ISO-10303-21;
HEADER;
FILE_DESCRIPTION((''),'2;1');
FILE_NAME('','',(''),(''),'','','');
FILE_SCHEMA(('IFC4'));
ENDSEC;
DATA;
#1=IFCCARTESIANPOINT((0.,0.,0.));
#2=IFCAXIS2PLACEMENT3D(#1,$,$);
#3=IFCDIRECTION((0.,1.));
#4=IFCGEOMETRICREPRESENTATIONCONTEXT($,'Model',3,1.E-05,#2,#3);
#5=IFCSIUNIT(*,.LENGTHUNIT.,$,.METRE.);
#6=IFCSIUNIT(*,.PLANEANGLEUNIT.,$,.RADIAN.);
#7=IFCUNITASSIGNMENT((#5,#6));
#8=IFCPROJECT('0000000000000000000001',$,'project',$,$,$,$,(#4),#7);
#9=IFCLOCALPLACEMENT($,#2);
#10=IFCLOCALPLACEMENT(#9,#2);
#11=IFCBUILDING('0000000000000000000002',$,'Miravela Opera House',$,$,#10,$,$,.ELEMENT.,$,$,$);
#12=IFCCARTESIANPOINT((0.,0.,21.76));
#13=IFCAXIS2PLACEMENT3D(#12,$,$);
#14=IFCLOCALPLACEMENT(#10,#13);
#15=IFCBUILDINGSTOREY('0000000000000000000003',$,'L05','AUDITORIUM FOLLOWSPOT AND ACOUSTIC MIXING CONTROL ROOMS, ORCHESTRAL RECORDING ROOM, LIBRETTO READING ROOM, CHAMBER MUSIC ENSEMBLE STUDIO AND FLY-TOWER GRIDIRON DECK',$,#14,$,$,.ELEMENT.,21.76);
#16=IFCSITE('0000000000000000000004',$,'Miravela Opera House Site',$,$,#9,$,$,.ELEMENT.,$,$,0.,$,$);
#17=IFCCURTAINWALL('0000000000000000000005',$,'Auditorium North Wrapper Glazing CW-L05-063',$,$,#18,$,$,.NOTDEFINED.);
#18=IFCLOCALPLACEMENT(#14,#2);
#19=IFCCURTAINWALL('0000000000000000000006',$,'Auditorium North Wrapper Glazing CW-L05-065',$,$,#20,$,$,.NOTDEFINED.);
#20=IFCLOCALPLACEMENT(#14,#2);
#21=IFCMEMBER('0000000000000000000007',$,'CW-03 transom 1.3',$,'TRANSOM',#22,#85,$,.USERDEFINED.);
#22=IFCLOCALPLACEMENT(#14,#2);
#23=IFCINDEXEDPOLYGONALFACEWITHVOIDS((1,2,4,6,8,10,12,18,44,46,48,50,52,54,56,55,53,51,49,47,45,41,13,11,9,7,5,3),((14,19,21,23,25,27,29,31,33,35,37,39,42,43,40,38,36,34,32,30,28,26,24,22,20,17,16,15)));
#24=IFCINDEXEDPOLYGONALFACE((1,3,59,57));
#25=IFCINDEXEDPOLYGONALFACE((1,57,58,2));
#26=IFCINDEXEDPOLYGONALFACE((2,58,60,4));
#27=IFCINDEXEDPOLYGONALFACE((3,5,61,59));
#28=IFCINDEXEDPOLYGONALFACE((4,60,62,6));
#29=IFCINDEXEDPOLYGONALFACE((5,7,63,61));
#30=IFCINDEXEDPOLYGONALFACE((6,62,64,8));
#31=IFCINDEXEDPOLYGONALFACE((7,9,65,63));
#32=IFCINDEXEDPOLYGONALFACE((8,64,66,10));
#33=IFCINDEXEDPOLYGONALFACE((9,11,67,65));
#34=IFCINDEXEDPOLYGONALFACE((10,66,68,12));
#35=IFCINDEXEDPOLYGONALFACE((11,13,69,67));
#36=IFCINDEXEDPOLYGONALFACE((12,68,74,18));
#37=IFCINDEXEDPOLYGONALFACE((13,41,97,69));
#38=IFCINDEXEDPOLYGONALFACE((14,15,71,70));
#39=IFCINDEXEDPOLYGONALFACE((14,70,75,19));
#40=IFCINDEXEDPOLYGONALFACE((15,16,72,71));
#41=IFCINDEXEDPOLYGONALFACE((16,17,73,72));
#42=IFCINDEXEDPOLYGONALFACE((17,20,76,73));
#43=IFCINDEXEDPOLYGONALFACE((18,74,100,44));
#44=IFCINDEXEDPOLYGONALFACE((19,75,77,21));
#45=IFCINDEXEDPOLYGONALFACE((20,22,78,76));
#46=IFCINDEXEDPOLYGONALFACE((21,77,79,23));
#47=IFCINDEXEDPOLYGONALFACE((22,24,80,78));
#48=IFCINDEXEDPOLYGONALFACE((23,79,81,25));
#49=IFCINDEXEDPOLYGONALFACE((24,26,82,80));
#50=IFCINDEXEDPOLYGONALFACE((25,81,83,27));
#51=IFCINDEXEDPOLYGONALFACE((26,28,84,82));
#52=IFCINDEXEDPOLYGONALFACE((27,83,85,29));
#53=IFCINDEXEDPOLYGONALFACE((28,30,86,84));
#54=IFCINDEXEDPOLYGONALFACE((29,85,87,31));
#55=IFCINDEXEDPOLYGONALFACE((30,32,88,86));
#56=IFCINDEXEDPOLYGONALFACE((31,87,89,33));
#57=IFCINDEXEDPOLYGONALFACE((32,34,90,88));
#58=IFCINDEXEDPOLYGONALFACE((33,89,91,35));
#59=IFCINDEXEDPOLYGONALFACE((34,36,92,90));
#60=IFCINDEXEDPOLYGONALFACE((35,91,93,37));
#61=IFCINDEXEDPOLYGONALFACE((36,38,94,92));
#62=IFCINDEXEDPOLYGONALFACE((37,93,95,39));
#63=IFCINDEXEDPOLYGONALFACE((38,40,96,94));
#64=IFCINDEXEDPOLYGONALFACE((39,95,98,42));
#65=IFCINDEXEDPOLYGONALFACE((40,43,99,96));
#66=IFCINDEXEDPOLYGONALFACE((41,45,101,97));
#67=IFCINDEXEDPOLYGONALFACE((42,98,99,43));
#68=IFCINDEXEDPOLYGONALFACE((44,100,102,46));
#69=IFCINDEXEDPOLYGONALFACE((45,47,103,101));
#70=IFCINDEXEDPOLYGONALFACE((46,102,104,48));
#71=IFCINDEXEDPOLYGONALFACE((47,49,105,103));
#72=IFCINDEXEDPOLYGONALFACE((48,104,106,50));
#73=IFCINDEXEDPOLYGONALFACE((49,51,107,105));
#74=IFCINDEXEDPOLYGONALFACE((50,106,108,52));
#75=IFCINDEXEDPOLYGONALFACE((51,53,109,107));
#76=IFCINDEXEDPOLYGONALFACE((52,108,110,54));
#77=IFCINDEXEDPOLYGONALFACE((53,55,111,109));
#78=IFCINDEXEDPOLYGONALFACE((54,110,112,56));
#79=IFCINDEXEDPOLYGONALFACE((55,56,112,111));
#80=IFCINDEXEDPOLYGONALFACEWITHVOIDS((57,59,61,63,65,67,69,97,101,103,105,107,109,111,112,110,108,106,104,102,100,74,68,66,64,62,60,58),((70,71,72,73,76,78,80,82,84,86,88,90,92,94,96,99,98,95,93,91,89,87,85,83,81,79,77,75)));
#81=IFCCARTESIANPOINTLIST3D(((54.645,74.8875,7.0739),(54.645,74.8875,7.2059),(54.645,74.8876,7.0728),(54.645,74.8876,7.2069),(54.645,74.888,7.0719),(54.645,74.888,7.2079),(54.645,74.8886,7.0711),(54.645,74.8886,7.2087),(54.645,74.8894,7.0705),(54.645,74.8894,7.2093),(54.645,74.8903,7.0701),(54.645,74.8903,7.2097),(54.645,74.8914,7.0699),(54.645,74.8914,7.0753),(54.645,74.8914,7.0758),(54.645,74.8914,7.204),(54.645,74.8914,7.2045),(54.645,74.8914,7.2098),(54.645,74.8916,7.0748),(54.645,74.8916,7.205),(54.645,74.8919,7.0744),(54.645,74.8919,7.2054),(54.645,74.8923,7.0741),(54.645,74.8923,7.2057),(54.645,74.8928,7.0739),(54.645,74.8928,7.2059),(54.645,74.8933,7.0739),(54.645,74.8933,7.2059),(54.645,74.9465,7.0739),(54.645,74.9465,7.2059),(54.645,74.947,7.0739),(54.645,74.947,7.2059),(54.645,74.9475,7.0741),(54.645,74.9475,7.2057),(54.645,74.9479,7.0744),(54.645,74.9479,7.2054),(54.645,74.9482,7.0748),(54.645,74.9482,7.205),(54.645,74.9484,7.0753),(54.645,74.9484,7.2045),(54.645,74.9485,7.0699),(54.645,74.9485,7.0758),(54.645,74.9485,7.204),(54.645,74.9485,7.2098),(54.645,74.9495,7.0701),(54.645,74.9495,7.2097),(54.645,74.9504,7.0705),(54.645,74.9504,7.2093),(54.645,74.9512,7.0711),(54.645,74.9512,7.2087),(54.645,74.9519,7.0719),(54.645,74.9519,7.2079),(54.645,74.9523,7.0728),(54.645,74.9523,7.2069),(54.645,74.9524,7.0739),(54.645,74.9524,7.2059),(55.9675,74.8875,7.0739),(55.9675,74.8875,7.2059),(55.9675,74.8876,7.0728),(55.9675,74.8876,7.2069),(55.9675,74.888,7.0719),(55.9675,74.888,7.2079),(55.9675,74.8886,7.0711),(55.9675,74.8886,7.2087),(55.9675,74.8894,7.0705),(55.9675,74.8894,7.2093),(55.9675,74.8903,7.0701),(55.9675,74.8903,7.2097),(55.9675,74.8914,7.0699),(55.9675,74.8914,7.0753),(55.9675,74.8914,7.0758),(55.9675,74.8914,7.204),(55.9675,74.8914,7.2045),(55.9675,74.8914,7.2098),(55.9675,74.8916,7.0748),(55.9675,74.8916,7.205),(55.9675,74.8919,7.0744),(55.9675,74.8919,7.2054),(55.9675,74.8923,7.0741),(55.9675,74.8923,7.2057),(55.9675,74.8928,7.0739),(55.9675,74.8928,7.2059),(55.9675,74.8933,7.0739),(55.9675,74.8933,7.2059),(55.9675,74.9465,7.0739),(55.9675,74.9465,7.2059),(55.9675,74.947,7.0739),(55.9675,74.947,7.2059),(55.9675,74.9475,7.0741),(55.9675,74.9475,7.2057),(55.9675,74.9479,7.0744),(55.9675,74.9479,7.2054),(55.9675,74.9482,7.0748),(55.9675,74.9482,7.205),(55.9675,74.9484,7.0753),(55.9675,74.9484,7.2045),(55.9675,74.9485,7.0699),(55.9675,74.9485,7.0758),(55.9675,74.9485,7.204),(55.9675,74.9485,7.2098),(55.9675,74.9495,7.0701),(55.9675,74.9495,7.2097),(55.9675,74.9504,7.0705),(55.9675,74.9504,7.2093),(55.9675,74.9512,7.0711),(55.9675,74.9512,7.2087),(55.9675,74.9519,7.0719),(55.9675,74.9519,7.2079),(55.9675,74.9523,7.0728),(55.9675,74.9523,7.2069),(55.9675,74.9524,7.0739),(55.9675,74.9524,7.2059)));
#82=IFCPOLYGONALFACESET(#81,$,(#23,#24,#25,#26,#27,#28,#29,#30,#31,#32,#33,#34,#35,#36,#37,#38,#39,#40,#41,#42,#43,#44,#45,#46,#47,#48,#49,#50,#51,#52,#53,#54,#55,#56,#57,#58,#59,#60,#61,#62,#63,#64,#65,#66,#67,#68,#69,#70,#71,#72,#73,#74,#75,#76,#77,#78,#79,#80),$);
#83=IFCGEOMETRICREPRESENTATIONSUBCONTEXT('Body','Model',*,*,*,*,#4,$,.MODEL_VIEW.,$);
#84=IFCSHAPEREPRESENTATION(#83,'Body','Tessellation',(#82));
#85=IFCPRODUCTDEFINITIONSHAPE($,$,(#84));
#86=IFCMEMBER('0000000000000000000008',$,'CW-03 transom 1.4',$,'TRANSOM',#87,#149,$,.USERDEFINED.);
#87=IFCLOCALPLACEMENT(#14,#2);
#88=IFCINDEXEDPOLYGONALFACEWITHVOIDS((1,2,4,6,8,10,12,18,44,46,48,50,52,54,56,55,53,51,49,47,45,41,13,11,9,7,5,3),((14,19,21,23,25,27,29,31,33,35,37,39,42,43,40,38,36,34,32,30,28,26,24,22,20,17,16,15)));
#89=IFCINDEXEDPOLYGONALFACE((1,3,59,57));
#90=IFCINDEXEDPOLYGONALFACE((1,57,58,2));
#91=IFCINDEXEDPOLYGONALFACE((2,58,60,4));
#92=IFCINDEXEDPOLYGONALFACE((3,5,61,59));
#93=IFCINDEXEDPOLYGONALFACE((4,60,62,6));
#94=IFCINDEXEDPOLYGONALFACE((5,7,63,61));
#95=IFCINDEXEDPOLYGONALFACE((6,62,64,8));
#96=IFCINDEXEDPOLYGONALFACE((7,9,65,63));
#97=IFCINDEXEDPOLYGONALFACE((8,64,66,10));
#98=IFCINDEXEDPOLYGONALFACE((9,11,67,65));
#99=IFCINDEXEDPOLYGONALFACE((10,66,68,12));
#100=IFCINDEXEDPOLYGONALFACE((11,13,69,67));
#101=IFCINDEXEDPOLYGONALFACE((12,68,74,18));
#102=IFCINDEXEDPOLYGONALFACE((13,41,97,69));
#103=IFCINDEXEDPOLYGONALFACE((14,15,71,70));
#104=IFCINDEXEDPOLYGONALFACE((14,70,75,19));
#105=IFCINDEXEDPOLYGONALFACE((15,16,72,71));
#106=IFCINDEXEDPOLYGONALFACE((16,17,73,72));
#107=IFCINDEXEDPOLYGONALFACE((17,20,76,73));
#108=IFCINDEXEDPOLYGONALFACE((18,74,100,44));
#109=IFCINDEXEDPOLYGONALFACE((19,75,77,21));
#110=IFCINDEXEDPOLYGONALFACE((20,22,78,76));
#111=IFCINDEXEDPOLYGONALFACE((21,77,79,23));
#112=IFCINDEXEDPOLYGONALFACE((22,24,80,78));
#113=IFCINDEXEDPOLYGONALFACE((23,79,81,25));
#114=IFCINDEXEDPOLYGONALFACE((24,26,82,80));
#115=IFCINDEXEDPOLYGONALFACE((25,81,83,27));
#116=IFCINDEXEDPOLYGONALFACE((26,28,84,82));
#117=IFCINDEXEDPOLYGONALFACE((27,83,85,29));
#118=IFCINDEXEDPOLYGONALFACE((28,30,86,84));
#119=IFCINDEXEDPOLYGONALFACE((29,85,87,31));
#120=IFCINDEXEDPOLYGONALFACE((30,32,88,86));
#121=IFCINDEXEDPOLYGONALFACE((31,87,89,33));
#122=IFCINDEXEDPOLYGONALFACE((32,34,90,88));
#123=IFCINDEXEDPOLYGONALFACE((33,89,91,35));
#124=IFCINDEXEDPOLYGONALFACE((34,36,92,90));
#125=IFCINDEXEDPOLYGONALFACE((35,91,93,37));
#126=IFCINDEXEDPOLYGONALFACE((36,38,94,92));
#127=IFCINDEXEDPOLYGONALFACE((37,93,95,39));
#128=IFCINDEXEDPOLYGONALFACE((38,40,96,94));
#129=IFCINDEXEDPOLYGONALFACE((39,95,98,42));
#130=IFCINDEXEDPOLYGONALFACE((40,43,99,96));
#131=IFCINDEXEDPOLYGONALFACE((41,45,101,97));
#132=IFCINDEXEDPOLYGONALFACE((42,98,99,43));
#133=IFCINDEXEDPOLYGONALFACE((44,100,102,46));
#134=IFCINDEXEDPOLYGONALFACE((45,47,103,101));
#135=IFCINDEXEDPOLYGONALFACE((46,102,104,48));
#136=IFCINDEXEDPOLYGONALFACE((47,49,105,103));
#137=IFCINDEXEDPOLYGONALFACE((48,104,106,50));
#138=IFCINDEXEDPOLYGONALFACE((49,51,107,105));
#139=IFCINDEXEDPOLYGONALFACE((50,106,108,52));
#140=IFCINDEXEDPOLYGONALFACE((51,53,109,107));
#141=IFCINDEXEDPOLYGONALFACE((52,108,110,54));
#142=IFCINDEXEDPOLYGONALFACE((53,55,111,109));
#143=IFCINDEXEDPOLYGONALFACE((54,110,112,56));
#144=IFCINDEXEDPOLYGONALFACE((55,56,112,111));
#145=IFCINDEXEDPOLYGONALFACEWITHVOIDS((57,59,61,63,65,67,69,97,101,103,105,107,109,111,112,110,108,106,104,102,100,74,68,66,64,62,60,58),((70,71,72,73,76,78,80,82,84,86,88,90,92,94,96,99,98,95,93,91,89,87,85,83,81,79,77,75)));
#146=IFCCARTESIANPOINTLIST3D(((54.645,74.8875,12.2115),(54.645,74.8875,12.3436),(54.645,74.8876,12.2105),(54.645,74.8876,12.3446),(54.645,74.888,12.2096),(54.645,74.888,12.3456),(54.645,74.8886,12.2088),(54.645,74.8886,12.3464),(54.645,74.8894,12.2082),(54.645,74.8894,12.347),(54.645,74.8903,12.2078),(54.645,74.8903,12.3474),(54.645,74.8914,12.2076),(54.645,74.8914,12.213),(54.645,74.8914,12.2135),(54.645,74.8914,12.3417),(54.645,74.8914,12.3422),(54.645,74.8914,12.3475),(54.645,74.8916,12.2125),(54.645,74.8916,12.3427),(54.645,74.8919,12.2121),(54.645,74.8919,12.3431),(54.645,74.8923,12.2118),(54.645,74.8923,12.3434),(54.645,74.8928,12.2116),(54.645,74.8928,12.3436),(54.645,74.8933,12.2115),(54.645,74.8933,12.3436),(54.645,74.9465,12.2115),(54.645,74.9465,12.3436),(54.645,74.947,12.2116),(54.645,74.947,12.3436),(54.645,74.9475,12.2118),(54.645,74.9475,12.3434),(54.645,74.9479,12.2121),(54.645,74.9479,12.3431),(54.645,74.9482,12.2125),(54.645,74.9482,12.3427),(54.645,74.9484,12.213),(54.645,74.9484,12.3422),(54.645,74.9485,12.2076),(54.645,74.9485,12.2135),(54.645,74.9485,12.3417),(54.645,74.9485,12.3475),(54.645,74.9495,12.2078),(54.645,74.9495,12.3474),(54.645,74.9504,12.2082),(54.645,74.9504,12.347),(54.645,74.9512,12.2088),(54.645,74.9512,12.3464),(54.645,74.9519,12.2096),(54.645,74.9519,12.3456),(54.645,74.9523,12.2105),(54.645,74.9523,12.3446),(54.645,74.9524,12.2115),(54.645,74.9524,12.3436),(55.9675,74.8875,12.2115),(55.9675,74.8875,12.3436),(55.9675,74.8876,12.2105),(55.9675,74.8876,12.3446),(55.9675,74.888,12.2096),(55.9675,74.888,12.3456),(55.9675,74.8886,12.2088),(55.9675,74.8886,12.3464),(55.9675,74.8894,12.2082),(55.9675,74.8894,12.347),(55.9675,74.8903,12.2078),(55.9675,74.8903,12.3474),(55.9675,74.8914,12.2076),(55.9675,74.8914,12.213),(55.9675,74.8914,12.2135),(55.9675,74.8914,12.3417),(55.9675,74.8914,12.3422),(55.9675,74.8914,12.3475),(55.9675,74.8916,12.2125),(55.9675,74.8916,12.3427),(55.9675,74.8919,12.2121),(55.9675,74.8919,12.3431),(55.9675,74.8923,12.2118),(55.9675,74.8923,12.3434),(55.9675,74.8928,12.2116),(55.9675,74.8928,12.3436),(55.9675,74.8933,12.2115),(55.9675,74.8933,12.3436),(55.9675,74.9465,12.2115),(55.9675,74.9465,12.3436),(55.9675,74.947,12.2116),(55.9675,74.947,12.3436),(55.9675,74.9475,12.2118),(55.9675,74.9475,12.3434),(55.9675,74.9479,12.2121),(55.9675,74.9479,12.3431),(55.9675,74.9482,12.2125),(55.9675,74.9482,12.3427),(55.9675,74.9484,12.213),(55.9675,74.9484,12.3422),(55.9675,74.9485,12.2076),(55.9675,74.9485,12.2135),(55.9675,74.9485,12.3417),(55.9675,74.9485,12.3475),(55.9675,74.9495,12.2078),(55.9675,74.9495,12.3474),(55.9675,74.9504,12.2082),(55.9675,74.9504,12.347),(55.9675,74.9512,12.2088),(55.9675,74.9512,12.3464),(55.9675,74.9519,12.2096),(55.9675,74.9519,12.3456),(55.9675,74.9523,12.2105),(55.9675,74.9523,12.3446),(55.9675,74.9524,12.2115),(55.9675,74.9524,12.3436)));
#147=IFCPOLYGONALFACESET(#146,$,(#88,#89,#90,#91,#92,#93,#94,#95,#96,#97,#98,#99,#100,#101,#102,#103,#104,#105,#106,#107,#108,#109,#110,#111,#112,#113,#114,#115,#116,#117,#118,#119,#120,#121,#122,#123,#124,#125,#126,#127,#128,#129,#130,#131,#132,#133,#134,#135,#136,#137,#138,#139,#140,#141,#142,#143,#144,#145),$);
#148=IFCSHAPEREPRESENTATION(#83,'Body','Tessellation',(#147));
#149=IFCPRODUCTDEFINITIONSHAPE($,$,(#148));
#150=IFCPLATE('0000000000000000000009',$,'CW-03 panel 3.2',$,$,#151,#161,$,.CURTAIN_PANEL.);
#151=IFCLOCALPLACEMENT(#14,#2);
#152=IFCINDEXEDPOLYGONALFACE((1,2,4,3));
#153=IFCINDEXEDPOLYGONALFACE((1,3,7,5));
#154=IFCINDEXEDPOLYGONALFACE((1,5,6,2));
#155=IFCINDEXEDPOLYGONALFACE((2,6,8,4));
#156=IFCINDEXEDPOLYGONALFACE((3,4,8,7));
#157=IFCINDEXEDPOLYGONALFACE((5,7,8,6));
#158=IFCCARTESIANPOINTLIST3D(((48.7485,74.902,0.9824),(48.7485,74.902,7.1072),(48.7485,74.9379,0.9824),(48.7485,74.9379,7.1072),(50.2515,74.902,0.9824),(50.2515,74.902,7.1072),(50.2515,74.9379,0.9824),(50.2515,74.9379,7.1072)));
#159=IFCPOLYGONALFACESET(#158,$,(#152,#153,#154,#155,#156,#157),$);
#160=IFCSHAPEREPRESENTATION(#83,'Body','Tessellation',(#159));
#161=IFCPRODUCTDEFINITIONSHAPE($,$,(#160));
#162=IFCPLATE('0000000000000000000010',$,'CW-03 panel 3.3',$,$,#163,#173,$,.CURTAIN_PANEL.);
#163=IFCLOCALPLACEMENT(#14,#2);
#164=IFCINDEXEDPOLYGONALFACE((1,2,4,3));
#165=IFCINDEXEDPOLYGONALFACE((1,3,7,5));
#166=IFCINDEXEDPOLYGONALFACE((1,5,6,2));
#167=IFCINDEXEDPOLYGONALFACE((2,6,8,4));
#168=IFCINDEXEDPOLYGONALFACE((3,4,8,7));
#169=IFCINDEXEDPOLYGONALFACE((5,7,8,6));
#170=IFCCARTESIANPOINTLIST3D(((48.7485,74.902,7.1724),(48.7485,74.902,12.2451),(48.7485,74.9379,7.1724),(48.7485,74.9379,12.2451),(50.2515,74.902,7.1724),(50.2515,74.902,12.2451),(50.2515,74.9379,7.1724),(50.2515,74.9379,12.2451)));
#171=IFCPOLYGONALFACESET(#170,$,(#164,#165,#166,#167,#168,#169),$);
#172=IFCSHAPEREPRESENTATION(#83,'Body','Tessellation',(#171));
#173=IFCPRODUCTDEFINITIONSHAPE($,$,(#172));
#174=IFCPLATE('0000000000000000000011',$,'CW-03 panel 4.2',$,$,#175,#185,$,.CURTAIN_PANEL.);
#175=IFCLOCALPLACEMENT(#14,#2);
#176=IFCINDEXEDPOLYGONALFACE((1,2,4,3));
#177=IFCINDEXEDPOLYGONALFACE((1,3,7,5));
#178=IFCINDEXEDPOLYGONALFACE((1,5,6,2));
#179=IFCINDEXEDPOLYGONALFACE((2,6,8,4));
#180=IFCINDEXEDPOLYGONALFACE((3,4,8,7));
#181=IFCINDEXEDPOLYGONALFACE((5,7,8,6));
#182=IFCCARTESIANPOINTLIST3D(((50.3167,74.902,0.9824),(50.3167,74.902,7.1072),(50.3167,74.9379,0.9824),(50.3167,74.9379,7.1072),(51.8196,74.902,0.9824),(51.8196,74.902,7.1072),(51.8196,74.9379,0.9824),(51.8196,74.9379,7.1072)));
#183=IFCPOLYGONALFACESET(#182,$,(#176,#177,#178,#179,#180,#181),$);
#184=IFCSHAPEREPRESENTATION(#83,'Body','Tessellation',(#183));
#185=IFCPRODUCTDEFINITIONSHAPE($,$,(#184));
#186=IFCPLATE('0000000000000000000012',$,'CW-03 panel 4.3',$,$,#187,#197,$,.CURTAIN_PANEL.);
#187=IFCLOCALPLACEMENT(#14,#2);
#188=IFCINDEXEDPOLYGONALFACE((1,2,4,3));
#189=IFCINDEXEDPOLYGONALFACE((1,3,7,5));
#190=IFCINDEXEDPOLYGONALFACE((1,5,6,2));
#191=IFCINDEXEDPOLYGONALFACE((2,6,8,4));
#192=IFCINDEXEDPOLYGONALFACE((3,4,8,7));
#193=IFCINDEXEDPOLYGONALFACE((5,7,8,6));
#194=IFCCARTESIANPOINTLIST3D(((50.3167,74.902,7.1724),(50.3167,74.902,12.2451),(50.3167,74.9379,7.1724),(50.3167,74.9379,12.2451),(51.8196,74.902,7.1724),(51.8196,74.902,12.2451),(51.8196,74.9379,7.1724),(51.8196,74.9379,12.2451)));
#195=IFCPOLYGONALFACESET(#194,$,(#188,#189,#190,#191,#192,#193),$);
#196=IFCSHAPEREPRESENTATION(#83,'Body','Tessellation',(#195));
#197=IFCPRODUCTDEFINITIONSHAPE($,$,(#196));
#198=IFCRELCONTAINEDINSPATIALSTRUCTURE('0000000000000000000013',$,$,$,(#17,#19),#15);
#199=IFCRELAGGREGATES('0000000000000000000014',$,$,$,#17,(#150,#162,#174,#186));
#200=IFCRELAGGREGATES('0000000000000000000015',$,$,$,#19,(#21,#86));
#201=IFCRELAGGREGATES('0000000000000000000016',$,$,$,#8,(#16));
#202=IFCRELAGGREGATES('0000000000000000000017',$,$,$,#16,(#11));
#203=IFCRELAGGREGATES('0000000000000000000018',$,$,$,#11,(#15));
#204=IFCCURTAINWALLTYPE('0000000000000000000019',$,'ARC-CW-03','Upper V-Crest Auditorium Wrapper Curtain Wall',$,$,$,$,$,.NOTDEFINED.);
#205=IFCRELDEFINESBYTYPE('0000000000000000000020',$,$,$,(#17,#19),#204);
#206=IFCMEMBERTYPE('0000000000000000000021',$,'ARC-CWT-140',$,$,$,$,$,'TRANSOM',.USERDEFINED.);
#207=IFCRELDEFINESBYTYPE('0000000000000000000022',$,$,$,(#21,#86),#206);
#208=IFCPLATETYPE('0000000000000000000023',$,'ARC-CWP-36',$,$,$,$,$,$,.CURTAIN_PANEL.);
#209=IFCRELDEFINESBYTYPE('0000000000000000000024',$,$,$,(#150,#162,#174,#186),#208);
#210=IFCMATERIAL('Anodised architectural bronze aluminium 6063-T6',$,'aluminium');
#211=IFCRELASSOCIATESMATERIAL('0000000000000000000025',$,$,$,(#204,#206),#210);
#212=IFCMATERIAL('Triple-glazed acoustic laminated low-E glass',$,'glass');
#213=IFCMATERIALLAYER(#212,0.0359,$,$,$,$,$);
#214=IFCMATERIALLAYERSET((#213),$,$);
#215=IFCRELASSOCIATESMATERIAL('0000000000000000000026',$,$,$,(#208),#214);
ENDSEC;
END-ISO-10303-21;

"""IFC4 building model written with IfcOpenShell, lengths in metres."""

from ifc_helpers import new_model, si_unit, direction, frame, origin, origin_2d, place, context, subcontext, project, spatial, rectangle, hollow_rectangle, extrude, material, layer, layer_set, material_profile, profile_set, type_object, element, aggregate, save


model = new_model("IFC4")

# Units and contexts
model_context = context("Model", 3, precision=1e-05, world=origin(), true_north=direction((0.0, 1.0)))
body_context = subcontext(model_context, "Body", "Model", "MODEL_VIEW")
ifc_project = project(units=[si_unit("LENGTHUNIT", "METRE"), si_unit("PLANEANGLEUNIT", "RADIAN")], contexts=[model_context])

# Site, building, storey
site_placement = place(None, origin())
site = spatial("IfcSite", under=ifc_project, at=site_placement, Name="Miravela Opera House Site", CompositionType="ELEMENT", RefElevation=0.0)
building_placement = place(site_placement, origin())
building = spatial("IfcBuilding", under=site, at=building_placement, Name="Miravela Opera House", CompositionType="ELEMENT")
storey_placement = place(building_placement, frame((0.0, 0.0, 21.76)))
storey = spatial("IfcBuildingStorey", under=building, at=storey_placement, Name="L05", Description="AUDITORIUM FOLLOWSPOT AND ACOUSTIC MIXING CONTROL ROOMS, ORCHESTRAL RECORDING ROOM, LIBRETTO READING ROOM, CHAMBER MUSIC ENSEMBLE STUDIO AND FLY-TOWER GRIDIRON DECK", CompositionType="ELEMENT", Elevation=21.76)

# Curtain walls, members
ifc_material_1 = material(Name="Anodised architectural bronze aluminium 6063-T6", Category="aluminium")
curtain_wall_type = type_object("IfcCurtainWallType", Name="ARC-CW-03", Description="Upper V-Crest Auditorium Wrapper Curtain Wall", PredefinedType="NOTDEFINED", material=ifc_material_1)
curtain_wall_1_placement = place(storey_placement, origin())
curtain_wall_1 = element("IfcCurtainWall", 1, at=curtain_wall_1_placement, inside=storey, type_object=curtain_wall_type, Name="Auditorium North Wrapper Glazing CW-L05-063", PredefinedType="NOTDEFINED")
ifc_material_profile = material_profile(ifc_material_1, hollow_rectangle(XDim=0.0649, YDim=0.1399, WallThickness=0.0039, InnerFilletRadius=0.002, OuterFilletRadius=0.0039, at=origin_2d()), Name="CWT-65X140")
ifc_profile_set = profile_set([ifc_material_profile])
member_type = type_object("IfcMemberType", Name="ARC-CWT-140", ElementType="TRANSOM", PredefinedType="USERDEFINED", material=ifc_profile_set)
curtain_wall_2_placement = place(storey_placement, origin())
curtain_wall_2 = element("IfcCurtainWall", 2, at=curtain_wall_2_placement, inside=storey, type_object=curtain_wall_type, Name="Auditorium North Wrapper Glazing CW-L05-065", PredefinedType="NOTDEFINED")
member_1_placement = place(storey_placement, frame((54.645, 74.9199, 7.1399), z_axis=(1.0, 0.0, 0.0), x_axis=(0.0, 1.0, 0.0)))
member_1 = element("IfcMember", 3, at=member_1_placement, type_object=member_type, Name="CW-03 transom 1.3", ObjectType="TRANSOM", PredefinedType="USERDEFINED", context=body_context, shape_type="SweptSolid", body=[
    extrude(hollow_rectangle(XDim=0.0649, YDim=0.1399, WallThickness=0.0039, InnerFilletRadius=0.002, OuterFilletRadius=0.0039, at=origin_2d()), origin(), (0.0, 0.0, 1.0), 1.3225),
])
member_2_placement = place(storey_placement, frame((54.645, 74.9199, 12.2776), z_axis=(1.0, 0.0, 0.0), x_axis=(0.0, 1.0, 0.0)))
member_2 = element("IfcMember", 4, at=member_2_placement, type_object=member_type, Name="CW-03 transom 1.4", ObjectType="TRANSOM", PredefinedType="USERDEFINED", context=body_context, shape_type="SweptSolid", body=[
    extrude(hollow_rectangle(XDim=0.0649, YDim=0.1399, WallThickness=0.0039, InnerFilletRadius=0.002, OuterFilletRadius=0.0039, at=origin_2d()), origin(), (0.0, 0.0, 1.0), 1.3225),
])

# Plates
ifc_material_2 = material(Name="Triple-glazed acoustic laminated low-E glass", Category="glass")
ifc_layer_1 = layer(ifc_material_2, 0.0359)
ifc_layer_set_1 = layer_set([ifc_layer_1])
plate_type_1 = type_object("IfcPlateType", Name="ARC-CWP-36", PredefinedType="CURTAIN_PANEL", material=ifc_layer_set_1)
plate_1_placement = place(storey_placement, frame((49.5, 74.9199, 0.9824), z_axis=(0.0, 0.0, 1.0), x_axis=(1.0, 0.0, 0.0)))
plate_1 = element("IfcPlate", 5, at=plate_1_placement, type_object=plate_type_1, Name="CW-03 panel 3.2", PredefinedType="CURTAIN_PANEL", context=body_context, shape_type="SweptSolid", body=[
    extrude(rectangle(XDim=1.5029, YDim=0.0359, at=origin_2d()), origin(), (0.0, 0.0, 1.0), 6.1248),
])
plate_2_placement = place(storey_placement, frame((49.5, 74.9199, 7.1724), z_axis=(0.0, 0.0, 1.0), x_axis=(1.0, 0.0, 0.0)))
plate_2 = element("IfcPlate", 6, at=plate_2_placement, type_object=plate_type_1, Name="CW-03 panel 3.3", PredefinedType="CURTAIN_PANEL", context=body_context, shape_type="SweptSolid", body=[
    extrude(rectangle(XDim=1.5029, YDim=0.0359, at=origin_2d()), origin(), (0.0, 0.0, 1.0), 5.0728),
])
plate_3_placement = place(storey_placement, frame((51.0681, 74.9199, 0.9824), z_axis=(0.0, 0.0, 1.0), x_axis=(1.0, 0.0, 0.0)))
plate_3 = element("IfcPlate", 7, at=plate_3_placement, type_object=plate_type_1, Name="CW-03 panel 4.2", PredefinedType="CURTAIN_PANEL", context=body_context, shape_type="SweptSolid", body=[
    extrude(rectangle(XDim=1.5029, YDim=0.0359, at=origin_2d()), origin(), (0.0, 0.0, 1.0), 6.1248),
])
plate_4_placement = place(storey_placement, frame((51.0681, 74.9199, 7.1724), z_axis=(0.0, 0.0, 1.0), x_axis=(1.0, 0.0, 0.0)))
plate_4 = element("IfcPlate", 8, at=plate_4_placement, type_object=plate_type_1, Name="CW-03 panel 4.3", PredefinedType="CURTAIN_PANEL", context=body_context, shape_type="SweptSolid", body=[
    extrude(rectangle(XDim=1.5029, YDim=0.0359, at=origin_2d()), origin(), (0.0, 0.0, 1.0), 5.0728),
])
aggregate(curtain_wall_1, [plate_1, plate_2, plate_3, plate_4])
aggregate(curtain_wall_2, [member_1, member_2])

save(model, "model.ifc")
